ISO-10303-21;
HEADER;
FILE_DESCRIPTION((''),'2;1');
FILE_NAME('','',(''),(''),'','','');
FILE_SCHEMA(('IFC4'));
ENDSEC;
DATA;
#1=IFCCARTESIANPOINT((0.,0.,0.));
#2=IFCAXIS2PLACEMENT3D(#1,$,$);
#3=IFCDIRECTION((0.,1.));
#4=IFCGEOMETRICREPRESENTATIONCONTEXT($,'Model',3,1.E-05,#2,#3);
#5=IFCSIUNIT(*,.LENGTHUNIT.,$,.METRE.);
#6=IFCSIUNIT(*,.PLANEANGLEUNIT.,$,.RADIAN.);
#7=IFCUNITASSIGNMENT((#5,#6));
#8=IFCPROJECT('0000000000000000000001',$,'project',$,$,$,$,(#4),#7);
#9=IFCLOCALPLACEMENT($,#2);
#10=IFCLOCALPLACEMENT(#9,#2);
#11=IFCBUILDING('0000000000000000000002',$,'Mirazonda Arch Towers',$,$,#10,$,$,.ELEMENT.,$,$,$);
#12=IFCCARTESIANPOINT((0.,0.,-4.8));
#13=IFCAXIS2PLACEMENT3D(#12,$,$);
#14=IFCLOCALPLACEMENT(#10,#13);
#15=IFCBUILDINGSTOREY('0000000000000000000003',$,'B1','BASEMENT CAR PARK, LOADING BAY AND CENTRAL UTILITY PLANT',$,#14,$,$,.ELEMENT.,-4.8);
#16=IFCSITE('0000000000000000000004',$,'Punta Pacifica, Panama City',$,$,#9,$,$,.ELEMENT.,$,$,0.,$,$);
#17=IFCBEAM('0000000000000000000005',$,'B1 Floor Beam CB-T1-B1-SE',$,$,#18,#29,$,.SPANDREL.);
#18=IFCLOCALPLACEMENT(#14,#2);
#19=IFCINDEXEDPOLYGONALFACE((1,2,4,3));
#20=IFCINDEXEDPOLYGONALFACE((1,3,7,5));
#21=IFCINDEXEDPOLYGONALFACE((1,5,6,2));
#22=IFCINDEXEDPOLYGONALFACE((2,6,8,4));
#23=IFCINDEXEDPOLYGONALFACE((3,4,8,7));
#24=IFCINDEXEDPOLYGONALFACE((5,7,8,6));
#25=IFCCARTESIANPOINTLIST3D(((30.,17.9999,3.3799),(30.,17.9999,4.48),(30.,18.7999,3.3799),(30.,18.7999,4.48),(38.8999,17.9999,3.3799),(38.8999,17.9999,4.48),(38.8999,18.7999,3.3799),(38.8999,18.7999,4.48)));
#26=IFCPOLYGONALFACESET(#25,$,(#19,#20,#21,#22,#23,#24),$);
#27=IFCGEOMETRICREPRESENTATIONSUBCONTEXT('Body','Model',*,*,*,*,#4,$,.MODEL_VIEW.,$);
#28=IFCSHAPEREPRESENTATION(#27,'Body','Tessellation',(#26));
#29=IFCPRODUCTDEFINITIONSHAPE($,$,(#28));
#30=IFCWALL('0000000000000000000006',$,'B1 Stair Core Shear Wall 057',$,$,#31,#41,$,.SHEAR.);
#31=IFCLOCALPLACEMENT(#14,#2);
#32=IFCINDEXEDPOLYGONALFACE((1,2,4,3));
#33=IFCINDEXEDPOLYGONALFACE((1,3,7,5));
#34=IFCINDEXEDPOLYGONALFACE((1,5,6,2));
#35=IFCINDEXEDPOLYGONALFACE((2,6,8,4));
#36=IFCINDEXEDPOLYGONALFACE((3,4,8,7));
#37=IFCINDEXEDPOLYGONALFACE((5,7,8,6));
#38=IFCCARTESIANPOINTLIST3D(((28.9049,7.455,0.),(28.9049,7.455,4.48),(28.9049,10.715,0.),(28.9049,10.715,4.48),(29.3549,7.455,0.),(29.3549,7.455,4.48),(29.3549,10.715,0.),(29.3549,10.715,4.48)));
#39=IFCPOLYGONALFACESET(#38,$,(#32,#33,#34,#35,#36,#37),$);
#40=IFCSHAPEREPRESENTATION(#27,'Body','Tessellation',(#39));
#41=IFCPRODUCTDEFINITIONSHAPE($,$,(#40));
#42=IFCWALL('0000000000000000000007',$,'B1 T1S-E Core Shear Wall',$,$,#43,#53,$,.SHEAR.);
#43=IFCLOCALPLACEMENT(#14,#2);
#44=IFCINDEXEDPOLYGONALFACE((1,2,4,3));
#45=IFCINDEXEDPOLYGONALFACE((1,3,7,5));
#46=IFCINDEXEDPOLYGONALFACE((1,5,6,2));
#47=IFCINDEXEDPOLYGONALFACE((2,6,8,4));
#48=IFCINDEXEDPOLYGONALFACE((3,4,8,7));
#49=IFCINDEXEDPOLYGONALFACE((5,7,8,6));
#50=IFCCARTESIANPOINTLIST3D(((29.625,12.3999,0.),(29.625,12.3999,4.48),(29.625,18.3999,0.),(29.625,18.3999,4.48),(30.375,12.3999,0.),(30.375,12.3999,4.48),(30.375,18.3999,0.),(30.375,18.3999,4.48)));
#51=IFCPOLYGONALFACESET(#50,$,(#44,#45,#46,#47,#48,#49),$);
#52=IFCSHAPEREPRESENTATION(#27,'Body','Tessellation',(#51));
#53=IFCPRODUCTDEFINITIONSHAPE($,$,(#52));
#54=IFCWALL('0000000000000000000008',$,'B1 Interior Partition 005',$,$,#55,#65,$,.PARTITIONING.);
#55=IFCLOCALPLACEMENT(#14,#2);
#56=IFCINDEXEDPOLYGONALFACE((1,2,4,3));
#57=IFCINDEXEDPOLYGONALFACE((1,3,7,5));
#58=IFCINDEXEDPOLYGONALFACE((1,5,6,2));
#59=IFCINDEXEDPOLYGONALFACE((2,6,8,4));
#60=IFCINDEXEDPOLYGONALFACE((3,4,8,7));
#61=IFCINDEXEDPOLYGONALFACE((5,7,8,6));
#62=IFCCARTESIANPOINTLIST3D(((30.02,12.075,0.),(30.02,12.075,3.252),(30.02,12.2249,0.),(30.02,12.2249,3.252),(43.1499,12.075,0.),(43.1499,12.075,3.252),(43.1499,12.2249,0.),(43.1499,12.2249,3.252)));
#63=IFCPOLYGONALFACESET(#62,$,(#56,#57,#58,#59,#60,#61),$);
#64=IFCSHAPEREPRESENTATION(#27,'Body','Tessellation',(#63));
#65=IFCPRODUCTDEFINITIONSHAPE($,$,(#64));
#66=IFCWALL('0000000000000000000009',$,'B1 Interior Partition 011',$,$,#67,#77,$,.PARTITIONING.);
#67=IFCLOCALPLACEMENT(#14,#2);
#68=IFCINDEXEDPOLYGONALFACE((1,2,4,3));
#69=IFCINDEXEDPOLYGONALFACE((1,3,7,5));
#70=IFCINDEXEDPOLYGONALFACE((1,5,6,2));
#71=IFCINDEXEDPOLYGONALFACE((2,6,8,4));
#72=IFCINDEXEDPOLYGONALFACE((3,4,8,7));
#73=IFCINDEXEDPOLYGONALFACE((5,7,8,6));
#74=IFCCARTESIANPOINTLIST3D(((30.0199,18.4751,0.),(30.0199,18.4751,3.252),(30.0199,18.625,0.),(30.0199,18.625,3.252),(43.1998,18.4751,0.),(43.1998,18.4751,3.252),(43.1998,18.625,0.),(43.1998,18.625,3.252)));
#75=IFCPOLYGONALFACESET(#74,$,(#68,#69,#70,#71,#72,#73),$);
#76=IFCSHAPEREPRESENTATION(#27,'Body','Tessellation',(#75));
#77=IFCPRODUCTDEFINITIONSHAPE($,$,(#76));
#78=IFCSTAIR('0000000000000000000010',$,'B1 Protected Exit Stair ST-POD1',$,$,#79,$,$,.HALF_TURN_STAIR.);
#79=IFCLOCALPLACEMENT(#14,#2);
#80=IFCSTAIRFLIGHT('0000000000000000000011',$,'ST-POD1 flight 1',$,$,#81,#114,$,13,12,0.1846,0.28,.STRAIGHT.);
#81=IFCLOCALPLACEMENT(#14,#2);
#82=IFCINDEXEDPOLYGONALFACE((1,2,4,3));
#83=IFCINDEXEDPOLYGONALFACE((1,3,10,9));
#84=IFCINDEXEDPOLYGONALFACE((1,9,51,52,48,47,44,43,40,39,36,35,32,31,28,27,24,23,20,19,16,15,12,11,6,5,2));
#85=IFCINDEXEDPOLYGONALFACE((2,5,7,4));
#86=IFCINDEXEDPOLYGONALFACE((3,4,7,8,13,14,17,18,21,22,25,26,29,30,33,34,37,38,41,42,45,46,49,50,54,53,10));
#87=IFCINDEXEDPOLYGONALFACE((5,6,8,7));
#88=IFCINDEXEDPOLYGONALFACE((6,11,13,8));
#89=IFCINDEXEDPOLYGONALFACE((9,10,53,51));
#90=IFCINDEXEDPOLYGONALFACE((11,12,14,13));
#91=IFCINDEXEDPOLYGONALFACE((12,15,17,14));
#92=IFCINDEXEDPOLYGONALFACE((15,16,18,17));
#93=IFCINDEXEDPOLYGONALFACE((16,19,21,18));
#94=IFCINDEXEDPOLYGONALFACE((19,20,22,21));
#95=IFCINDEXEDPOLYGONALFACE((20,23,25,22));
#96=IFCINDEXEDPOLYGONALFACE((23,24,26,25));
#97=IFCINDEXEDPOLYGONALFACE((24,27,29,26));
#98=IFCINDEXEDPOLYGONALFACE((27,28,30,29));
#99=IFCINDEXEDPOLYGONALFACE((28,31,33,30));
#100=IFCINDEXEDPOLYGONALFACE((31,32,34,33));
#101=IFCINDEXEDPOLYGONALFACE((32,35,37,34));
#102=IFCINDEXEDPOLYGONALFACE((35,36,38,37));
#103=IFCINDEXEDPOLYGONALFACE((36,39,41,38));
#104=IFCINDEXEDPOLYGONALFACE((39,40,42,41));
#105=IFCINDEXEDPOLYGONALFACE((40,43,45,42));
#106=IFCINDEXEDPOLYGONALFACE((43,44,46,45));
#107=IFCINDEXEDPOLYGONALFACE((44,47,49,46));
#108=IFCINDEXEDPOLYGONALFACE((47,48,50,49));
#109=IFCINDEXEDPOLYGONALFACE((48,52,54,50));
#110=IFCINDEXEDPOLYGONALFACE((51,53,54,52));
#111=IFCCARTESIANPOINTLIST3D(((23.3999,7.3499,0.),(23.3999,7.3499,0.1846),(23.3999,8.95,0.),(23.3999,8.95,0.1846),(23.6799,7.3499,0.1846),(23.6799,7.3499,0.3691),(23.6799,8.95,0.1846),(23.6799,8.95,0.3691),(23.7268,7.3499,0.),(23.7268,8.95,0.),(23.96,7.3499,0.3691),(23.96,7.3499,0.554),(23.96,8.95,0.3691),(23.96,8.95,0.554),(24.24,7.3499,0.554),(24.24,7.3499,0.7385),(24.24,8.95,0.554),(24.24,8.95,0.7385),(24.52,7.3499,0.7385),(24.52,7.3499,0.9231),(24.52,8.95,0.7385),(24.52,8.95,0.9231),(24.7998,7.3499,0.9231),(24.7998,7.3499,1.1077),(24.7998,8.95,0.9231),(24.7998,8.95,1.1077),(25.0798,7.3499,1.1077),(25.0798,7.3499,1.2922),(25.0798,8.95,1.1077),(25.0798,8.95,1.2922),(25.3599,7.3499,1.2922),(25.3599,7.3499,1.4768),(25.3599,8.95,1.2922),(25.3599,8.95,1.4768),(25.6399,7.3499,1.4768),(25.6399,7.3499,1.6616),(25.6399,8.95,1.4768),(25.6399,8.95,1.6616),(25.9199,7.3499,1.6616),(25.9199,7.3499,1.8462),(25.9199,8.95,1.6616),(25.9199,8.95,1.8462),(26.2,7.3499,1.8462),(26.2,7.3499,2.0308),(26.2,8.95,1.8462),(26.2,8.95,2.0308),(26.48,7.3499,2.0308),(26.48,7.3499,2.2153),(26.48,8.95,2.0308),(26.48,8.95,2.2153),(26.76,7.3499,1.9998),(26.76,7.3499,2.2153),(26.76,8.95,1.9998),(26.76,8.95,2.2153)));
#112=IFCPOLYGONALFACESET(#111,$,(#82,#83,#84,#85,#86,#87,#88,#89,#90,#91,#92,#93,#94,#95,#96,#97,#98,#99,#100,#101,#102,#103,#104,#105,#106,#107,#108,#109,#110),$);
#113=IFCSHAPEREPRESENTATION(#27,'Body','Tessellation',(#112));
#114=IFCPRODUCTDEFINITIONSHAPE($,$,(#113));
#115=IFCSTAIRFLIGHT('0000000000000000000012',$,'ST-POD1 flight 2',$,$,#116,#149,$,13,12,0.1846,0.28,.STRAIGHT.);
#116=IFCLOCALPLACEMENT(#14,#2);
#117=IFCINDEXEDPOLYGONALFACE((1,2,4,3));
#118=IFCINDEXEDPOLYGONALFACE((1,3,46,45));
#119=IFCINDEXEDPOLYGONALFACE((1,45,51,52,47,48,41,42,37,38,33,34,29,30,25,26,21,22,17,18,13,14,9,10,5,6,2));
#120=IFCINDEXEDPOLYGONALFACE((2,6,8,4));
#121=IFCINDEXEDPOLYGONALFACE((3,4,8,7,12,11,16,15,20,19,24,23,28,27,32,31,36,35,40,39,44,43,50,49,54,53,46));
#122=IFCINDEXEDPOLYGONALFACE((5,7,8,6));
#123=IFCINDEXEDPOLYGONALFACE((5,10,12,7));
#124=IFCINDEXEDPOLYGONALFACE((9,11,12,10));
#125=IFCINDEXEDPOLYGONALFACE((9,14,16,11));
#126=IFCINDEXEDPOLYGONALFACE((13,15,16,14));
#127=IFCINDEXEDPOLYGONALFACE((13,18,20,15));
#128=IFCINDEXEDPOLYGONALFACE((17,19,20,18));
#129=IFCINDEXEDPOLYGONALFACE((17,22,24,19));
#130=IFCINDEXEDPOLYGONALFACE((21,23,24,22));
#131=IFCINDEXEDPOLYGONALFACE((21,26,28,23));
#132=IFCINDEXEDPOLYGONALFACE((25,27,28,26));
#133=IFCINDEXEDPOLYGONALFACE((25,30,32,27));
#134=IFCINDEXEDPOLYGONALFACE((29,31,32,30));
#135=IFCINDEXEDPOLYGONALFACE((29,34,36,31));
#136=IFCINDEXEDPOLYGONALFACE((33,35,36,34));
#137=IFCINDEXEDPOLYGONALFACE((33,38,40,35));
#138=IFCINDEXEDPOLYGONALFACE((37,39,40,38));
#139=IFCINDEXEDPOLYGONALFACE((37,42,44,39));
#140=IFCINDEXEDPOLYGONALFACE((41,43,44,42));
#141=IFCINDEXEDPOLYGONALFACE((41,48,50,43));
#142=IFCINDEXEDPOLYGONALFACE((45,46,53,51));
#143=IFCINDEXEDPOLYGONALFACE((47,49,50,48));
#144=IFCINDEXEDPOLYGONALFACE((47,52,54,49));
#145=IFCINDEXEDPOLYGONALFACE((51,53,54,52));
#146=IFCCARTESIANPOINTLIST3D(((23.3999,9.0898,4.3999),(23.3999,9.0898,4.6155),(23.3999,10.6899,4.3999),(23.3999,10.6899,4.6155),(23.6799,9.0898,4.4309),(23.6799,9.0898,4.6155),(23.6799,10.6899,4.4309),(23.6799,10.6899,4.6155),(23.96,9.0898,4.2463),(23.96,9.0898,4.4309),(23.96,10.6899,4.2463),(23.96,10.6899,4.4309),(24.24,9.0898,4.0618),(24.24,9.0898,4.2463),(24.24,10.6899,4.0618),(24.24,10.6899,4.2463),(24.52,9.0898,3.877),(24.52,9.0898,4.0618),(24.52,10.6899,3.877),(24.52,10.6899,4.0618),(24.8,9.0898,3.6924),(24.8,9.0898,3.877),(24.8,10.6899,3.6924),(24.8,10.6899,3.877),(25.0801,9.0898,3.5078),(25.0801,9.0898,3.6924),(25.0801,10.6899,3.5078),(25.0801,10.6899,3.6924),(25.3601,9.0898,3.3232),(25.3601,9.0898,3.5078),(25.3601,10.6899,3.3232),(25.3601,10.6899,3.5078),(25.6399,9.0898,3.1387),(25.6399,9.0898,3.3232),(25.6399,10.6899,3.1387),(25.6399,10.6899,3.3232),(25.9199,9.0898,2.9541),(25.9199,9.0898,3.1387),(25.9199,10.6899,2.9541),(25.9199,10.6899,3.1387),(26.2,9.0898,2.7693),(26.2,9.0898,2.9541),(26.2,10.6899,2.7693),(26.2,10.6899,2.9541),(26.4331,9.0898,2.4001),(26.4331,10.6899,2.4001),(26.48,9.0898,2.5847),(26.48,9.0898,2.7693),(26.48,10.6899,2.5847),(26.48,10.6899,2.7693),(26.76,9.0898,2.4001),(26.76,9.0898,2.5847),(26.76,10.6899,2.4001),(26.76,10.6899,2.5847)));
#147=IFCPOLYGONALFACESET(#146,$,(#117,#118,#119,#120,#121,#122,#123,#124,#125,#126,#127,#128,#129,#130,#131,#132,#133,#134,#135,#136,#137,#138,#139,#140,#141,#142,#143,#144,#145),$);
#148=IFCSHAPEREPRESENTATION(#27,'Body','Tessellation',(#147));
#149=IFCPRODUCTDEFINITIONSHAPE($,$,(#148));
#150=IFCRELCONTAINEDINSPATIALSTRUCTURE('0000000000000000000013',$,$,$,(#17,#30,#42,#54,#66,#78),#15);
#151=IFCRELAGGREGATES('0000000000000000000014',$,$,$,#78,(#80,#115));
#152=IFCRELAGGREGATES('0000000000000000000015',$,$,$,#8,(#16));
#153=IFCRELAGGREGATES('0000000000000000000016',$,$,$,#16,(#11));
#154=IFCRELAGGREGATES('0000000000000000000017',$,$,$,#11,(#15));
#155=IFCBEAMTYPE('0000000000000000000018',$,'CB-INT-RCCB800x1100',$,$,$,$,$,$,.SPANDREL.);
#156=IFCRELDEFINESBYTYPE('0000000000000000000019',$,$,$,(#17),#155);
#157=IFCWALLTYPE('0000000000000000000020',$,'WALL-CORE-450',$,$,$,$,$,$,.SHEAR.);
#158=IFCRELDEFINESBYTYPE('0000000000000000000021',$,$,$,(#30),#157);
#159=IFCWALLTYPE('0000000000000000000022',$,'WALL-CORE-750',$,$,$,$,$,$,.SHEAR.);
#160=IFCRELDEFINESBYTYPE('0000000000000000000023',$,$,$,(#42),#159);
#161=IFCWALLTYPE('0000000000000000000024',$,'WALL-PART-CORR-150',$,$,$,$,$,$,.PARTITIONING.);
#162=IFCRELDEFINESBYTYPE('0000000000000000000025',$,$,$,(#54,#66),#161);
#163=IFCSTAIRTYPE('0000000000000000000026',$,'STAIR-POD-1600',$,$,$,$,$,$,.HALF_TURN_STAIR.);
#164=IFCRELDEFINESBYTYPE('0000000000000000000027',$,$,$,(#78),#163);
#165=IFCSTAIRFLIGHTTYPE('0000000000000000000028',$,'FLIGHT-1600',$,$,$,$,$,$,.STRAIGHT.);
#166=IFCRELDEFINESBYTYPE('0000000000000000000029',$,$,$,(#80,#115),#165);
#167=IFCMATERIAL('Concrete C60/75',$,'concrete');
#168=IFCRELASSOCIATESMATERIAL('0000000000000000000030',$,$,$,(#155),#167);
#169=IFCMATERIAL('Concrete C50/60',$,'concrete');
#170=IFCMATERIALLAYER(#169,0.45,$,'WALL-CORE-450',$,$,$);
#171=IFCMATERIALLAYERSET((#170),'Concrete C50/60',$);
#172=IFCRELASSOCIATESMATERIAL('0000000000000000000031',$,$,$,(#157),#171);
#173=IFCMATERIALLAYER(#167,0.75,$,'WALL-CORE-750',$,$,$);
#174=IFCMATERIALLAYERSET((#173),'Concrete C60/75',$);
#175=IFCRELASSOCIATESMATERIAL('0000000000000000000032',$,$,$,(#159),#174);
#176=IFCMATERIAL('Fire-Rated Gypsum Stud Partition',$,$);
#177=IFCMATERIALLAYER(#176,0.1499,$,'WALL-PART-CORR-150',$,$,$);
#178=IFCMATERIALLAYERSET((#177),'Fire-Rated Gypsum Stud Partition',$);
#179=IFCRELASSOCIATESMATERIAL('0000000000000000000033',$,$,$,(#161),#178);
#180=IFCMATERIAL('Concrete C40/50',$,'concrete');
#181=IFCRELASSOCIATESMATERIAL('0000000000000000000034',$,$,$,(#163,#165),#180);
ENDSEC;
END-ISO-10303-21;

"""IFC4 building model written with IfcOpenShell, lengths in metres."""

from ifc_helpers import new_model, si_unit, direction, frame, frame_2d, origin, origin_2d, place, context, subcontext, project, spatial, polyline, rectangle, outline, extrude, material, layer, layer_set, material_profile, profile_set, type_object, element, aggregate, save


model = new_model("IFC4")

# Units and contexts
model_context = context("Model", 3, precision=1e-05, world=origin(), true_north=direction((0.0, 1.0)))
body_context = subcontext(model_context, "Body", "Model", "MODEL_VIEW")
ifc_project = project(units=[si_unit("LENGTHUNIT", "METRE"), si_unit("PLANEANGLEUNIT", "RADIAN")], contexts=[model_context])

# Site, building, storey
site_placement = place(None, origin())
site = spatial("IfcSite", under=ifc_project, at=site_placement, Name="Punta Pacifica, Panama City", CompositionType="ELEMENT", RefElevation=0.0)
building_placement = place(site_placement, origin())
building = spatial("IfcBuilding", under=site, at=building_placement, Name="Mirazonda Arch Towers", CompositionType="ELEMENT")
storey_placement = place(building_placement, frame((0.0, 0.0, -4.8)))
storey = spatial("IfcBuildingStorey", under=building, at=storey_placement, Name="B1", Description="BASEMENT CAR PARK, LOADING BAY AND CENTRAL UTILITY PLANT", CompositionType="ELEMENT", Elevation=-4.8)

# Shared definitions
ifc_material_1 = material(Name="Concrete C50/60", Category="concrete")

# Shared definitions
ifc_material_2 = material(Name="Concrete C60/75", Category="concrete")

# Beam
ifc_material_profile_1 = material_profile(ifc_material_2, rectangle(XDim=0.8, YDim=1.1001, at=origin_2d()), Name="RCCB800x1100")
ifc_profile_set_1 = profile_set([ifc_material_profile_1], Name="Concrete C60/75")
beam_type_1 = type_object("IfcBeamType", Name="CB-INT-RCCB800x1100", PredefinedType="SPANDREL", material=ifc_profile_set_1)
beam_1_placement = place(storey_placement, frame((30.0, 18.3999, 3.9299), z_axis=(1.0, 0.0, 0.0), x_axis=(0.0, 1.0, 0.0)))
element("IfcBeam", 1, at=beam_1_placement, inside=storey, type_object=beam_type_1, Name="B1 Floor Beam CB-T1-B1-SE", PredefinedType="SPANDREL", context=body_context, shape_type="SweptSolid", body=[
    extrude(rectangle(XDim=0.8, YDim=1.1001, at=origin_2d()), origin(), (0.0, 0.0, 1.0), 8.8999),
])

# Walls
ifc_layer_1 = layer(ifc_material_1, 0.45, Name="WALL-CORE-450")
ifc_layer_set_1 = layer_set([ifc_layer_1], Name="Concrete C50/60")
wall_type_1 = type_object("IfcWallType", Name="WALL-CORE-450", PredefinedType="SHEAR", material=ifc_layer_set_1)
wall_1_placement = place(storey_placement, frame((29.1299, 7.4551, 0.0), z_axis=(0.0, 0.0, 1.0), x_axis=(0.0, 1.0, 0.0)))
element("IfcWall", 2, at=wall_1_placement, inside=storey, type_object=wall_type_1, Name="B1 Stair Core Shear Wall 057", PredefinedType="SHEAR", context=body_context, shape_type="SweptSolid", body=[
    extrude(rectangle(XDim=3.26, YDim=0.45, at=frame_2d((1.6299, 0.0))), origin(), (0.0, 0.0, 1.0), 4.48),
])
ifc_layer_2 = layer(ifc_material_2, 0.75, Name="WALL-CORE-750")
ifc_layer_set_2 = layer_set([ifc_layer_2], Name="Concrete C60/75")
wall_type_2 = type_object("IfcWallType", Name="WALL-CORE-750", PredefinedType="SHEAR", material=ifc_layer_set_2)
wall_2_placement = place(storey_placement, frame((30.0, 12.3999, 0.0), z_axis=(0.0, 0.0, 1.0), x_axis=(0.0, 1.0, 0.0)))
element("IfcWall", 3, at=wall_2_placement, inside=storey, type_object=wall_type_2, Name="B1 T1S-E Core Shear Wall", PredefinedType="SHEAR", context=body_context, shape_type="SweptSolid", body=[
    extrude(rectangle(XDim=6.0, YDim=0.75, at=frame_2d((3.0, 0.0))), origin(), (0.0, 0.0, 1.0), 4.48),
])
ifc_material_3 = material(Name="Fire-Rated Gypsum Stud Partition")
ifc_layer_3 = layer(ifc_material_3, 0.1499, Name="WALL-PART-CORR-150")
ifc_layer_set_3 = layer_set([ifc_layer_3], Name="Fire-Rated Gypsum Stud Partition")
wall_type_3 = type_object("IfcWallType", Name="WALL-PART-CORR-150", PredefinedType="PARTITIONING", material=ifc_layer_set_3)
wall_3_placement = place(storey_placement, frame((30.02, 12.1499, 0.0), z_axis=(0.0, 0.0, 1.0), x_axis=(1.0, 0.0, 0.0)))
element("IfcWall", 4, at=wall_3_placement, inside=storey, type_object=wall_type_3, Name="B1 Interior Partition 005", PredefinedType="PARTITIONING", context=body_context, shape_type="SweptSolid", body=[
    extrude(rectangle(XDim=13.1299, YDim=0.1499, at=frame_2d((6.5649, 0.0))), origin(), (0.0, 0.0, 1.0), 3.252),
])
wall_4_placement = place(storey_placement, frame((30.02, 18.55, 0.0), z_axis=(0.0, 0.0, 1.0), x_axis=(1.0, 0.0, 0.0)))
element("IfcWall", 5, at=wall_4_placement, inside=storey, type_object=wall_type_3, Name="B1 Interior Partition 011", PredefinedType="PARTITIONING", context=body_context, shape_type="SweptSolid", body=[
    extrude(rectangle(XDim=13.1799, YDim=0.1499, at=frame_2d((6.5898, 0.0))), origin(), (0.0, 0.0, 1.0), 3.252),
])

# Stair, stair flights
ifc_material_4 = material(Name="Concrete C40/50", Category="concrete")
stair_type = type_object("IfcStairType", Name="STAIR-POD-1600", PredefinedType="HALF_TURN_STAIR", material=ifc_material_4)
stair_placement = place(storey_placement, origin())
stair = element("IfcStair", 6, at=stair_placement, inside=storey, type_object=stair_type, Name="B1 Protected Exit Stair ST-POD1", PredefinedType="HALF_TURN_STAIR")
stair_flight_type = type_object("IfcStairFlightType", Name="FLIGHT-1600", PredefinedType="STRAIGHT", material=ifc_material_4)
stair_flight_1_placement = place(storey_placement, frame((23.3999, 8.1499, 0.0), z_axis=(0.0, 0.0, 1.0), x_axis=(1.0, 0.0, 0.0)))
stair_flight_1 = element("IfcStairFlight", 7, at=stair_flight_1_placement, type_object=stair_flight_type, Name="ST-POD1 flight 1", NumberOfRisers=13, NumberOfTreads=12, PredefinedType="STRAIGHT", RiserHeight=0.1846, TreadLength=0.28, context=body_context, shape_type="SweptSolid", body=[
    extrude(outline(polyline([(0.0, 0.0), (0.0, 0.1846), (0.28, 0.1846), (0.28, 0.3691), (0.5601, 0.3691), (0.5601, 0.554), (0.8401, 0.554), (0.8401, 0.7385), (1.1201, 0.7385), (1.1201, 0.9231), (1.3999, 0.9231), (1.3999, 1.1077), (1.6799, 1.1077), (1.6799, 1.2922), (1.96, 1.2922), (1.96, 1.4768), (2.24, 1.4768), (2.24, 1.6616), (2.52, 1.6616), (2.52, 1.8462), (2.8, 1.8462), (2.8, 2.0308), (3.0801, 2.0308), (3.0801, 2.2153), (3.3601, 2.2153), (3.3601, 2.3999), (3.3601, 1.9998), (0.3269, 0.0), (0.0, 0.0)])), frame((0.0, 0.8, 0.0), z_axis=(0.0, -1.0, 0.0), x_axis=(1.0, 0.0, 0.0)), (0.0, 0.0, 1.0), 1.6001),
])
stair_flight_2_placement = place(storey_placement, frame((26.76, 9.8899, 2.4001), z_axis=(0.0, 0.0, 1.0), x_axis=(-1.0, 0.0, 0.0)))
stair_flight_2 = element("IfcStairFlight", 8, at=stair_flight_2_placement, type_object=stair_flight_type, Name="ST-POD1 flight 2", NumberOfRisers=13, NumberOfTreads=12, PredefinedType="STRAIGHT", RiserHeight=0.1846, TreadLength=0.28, context=body_context, shape_type="SweptSolid", body=[
    extrude(outline(polyline([(0.0, 0.0), (0.0, 0.1846), (0.28, 0.1846), (0.28, 0.3691), (0.5601, 0.3691), (0.5601, 0.554), (0.8401, 0.554), (0.8401, 0.7385), (1.1201, 0.7385), (1.1201, 0.9231), (1.3999, 0.9231), (1.3999, 1.1077), (1.6799, 1.1077), (1.6799, 1.2922), (1.96, 1.2922), (1.96, 1.4768), (2.24, 1.4768), (2.24, 1.6616), (2.52, 1.6616), (2.52, 1.8462), (2.8, 1.8462), (2.8, 2.0308), (3.0801, 2.0308), (3.0801, 2.2153), (3.3601, 2.2153), (3.3601, 2.3999), (3.3601, 1.9998), (0.3269, 0.0), (0.0, 0.0)])), frame((0.0, 0.8, 0.0), z_axis=(0.0, -1.0, 0.0), x_axis=(1.0, 0.0, 0.0)), (0.0, 0.0, 1.0), 1.6001),
])
aggregate(stair, [stair_flight_1, stair_flight_2])

save(model, "model.ifc")
